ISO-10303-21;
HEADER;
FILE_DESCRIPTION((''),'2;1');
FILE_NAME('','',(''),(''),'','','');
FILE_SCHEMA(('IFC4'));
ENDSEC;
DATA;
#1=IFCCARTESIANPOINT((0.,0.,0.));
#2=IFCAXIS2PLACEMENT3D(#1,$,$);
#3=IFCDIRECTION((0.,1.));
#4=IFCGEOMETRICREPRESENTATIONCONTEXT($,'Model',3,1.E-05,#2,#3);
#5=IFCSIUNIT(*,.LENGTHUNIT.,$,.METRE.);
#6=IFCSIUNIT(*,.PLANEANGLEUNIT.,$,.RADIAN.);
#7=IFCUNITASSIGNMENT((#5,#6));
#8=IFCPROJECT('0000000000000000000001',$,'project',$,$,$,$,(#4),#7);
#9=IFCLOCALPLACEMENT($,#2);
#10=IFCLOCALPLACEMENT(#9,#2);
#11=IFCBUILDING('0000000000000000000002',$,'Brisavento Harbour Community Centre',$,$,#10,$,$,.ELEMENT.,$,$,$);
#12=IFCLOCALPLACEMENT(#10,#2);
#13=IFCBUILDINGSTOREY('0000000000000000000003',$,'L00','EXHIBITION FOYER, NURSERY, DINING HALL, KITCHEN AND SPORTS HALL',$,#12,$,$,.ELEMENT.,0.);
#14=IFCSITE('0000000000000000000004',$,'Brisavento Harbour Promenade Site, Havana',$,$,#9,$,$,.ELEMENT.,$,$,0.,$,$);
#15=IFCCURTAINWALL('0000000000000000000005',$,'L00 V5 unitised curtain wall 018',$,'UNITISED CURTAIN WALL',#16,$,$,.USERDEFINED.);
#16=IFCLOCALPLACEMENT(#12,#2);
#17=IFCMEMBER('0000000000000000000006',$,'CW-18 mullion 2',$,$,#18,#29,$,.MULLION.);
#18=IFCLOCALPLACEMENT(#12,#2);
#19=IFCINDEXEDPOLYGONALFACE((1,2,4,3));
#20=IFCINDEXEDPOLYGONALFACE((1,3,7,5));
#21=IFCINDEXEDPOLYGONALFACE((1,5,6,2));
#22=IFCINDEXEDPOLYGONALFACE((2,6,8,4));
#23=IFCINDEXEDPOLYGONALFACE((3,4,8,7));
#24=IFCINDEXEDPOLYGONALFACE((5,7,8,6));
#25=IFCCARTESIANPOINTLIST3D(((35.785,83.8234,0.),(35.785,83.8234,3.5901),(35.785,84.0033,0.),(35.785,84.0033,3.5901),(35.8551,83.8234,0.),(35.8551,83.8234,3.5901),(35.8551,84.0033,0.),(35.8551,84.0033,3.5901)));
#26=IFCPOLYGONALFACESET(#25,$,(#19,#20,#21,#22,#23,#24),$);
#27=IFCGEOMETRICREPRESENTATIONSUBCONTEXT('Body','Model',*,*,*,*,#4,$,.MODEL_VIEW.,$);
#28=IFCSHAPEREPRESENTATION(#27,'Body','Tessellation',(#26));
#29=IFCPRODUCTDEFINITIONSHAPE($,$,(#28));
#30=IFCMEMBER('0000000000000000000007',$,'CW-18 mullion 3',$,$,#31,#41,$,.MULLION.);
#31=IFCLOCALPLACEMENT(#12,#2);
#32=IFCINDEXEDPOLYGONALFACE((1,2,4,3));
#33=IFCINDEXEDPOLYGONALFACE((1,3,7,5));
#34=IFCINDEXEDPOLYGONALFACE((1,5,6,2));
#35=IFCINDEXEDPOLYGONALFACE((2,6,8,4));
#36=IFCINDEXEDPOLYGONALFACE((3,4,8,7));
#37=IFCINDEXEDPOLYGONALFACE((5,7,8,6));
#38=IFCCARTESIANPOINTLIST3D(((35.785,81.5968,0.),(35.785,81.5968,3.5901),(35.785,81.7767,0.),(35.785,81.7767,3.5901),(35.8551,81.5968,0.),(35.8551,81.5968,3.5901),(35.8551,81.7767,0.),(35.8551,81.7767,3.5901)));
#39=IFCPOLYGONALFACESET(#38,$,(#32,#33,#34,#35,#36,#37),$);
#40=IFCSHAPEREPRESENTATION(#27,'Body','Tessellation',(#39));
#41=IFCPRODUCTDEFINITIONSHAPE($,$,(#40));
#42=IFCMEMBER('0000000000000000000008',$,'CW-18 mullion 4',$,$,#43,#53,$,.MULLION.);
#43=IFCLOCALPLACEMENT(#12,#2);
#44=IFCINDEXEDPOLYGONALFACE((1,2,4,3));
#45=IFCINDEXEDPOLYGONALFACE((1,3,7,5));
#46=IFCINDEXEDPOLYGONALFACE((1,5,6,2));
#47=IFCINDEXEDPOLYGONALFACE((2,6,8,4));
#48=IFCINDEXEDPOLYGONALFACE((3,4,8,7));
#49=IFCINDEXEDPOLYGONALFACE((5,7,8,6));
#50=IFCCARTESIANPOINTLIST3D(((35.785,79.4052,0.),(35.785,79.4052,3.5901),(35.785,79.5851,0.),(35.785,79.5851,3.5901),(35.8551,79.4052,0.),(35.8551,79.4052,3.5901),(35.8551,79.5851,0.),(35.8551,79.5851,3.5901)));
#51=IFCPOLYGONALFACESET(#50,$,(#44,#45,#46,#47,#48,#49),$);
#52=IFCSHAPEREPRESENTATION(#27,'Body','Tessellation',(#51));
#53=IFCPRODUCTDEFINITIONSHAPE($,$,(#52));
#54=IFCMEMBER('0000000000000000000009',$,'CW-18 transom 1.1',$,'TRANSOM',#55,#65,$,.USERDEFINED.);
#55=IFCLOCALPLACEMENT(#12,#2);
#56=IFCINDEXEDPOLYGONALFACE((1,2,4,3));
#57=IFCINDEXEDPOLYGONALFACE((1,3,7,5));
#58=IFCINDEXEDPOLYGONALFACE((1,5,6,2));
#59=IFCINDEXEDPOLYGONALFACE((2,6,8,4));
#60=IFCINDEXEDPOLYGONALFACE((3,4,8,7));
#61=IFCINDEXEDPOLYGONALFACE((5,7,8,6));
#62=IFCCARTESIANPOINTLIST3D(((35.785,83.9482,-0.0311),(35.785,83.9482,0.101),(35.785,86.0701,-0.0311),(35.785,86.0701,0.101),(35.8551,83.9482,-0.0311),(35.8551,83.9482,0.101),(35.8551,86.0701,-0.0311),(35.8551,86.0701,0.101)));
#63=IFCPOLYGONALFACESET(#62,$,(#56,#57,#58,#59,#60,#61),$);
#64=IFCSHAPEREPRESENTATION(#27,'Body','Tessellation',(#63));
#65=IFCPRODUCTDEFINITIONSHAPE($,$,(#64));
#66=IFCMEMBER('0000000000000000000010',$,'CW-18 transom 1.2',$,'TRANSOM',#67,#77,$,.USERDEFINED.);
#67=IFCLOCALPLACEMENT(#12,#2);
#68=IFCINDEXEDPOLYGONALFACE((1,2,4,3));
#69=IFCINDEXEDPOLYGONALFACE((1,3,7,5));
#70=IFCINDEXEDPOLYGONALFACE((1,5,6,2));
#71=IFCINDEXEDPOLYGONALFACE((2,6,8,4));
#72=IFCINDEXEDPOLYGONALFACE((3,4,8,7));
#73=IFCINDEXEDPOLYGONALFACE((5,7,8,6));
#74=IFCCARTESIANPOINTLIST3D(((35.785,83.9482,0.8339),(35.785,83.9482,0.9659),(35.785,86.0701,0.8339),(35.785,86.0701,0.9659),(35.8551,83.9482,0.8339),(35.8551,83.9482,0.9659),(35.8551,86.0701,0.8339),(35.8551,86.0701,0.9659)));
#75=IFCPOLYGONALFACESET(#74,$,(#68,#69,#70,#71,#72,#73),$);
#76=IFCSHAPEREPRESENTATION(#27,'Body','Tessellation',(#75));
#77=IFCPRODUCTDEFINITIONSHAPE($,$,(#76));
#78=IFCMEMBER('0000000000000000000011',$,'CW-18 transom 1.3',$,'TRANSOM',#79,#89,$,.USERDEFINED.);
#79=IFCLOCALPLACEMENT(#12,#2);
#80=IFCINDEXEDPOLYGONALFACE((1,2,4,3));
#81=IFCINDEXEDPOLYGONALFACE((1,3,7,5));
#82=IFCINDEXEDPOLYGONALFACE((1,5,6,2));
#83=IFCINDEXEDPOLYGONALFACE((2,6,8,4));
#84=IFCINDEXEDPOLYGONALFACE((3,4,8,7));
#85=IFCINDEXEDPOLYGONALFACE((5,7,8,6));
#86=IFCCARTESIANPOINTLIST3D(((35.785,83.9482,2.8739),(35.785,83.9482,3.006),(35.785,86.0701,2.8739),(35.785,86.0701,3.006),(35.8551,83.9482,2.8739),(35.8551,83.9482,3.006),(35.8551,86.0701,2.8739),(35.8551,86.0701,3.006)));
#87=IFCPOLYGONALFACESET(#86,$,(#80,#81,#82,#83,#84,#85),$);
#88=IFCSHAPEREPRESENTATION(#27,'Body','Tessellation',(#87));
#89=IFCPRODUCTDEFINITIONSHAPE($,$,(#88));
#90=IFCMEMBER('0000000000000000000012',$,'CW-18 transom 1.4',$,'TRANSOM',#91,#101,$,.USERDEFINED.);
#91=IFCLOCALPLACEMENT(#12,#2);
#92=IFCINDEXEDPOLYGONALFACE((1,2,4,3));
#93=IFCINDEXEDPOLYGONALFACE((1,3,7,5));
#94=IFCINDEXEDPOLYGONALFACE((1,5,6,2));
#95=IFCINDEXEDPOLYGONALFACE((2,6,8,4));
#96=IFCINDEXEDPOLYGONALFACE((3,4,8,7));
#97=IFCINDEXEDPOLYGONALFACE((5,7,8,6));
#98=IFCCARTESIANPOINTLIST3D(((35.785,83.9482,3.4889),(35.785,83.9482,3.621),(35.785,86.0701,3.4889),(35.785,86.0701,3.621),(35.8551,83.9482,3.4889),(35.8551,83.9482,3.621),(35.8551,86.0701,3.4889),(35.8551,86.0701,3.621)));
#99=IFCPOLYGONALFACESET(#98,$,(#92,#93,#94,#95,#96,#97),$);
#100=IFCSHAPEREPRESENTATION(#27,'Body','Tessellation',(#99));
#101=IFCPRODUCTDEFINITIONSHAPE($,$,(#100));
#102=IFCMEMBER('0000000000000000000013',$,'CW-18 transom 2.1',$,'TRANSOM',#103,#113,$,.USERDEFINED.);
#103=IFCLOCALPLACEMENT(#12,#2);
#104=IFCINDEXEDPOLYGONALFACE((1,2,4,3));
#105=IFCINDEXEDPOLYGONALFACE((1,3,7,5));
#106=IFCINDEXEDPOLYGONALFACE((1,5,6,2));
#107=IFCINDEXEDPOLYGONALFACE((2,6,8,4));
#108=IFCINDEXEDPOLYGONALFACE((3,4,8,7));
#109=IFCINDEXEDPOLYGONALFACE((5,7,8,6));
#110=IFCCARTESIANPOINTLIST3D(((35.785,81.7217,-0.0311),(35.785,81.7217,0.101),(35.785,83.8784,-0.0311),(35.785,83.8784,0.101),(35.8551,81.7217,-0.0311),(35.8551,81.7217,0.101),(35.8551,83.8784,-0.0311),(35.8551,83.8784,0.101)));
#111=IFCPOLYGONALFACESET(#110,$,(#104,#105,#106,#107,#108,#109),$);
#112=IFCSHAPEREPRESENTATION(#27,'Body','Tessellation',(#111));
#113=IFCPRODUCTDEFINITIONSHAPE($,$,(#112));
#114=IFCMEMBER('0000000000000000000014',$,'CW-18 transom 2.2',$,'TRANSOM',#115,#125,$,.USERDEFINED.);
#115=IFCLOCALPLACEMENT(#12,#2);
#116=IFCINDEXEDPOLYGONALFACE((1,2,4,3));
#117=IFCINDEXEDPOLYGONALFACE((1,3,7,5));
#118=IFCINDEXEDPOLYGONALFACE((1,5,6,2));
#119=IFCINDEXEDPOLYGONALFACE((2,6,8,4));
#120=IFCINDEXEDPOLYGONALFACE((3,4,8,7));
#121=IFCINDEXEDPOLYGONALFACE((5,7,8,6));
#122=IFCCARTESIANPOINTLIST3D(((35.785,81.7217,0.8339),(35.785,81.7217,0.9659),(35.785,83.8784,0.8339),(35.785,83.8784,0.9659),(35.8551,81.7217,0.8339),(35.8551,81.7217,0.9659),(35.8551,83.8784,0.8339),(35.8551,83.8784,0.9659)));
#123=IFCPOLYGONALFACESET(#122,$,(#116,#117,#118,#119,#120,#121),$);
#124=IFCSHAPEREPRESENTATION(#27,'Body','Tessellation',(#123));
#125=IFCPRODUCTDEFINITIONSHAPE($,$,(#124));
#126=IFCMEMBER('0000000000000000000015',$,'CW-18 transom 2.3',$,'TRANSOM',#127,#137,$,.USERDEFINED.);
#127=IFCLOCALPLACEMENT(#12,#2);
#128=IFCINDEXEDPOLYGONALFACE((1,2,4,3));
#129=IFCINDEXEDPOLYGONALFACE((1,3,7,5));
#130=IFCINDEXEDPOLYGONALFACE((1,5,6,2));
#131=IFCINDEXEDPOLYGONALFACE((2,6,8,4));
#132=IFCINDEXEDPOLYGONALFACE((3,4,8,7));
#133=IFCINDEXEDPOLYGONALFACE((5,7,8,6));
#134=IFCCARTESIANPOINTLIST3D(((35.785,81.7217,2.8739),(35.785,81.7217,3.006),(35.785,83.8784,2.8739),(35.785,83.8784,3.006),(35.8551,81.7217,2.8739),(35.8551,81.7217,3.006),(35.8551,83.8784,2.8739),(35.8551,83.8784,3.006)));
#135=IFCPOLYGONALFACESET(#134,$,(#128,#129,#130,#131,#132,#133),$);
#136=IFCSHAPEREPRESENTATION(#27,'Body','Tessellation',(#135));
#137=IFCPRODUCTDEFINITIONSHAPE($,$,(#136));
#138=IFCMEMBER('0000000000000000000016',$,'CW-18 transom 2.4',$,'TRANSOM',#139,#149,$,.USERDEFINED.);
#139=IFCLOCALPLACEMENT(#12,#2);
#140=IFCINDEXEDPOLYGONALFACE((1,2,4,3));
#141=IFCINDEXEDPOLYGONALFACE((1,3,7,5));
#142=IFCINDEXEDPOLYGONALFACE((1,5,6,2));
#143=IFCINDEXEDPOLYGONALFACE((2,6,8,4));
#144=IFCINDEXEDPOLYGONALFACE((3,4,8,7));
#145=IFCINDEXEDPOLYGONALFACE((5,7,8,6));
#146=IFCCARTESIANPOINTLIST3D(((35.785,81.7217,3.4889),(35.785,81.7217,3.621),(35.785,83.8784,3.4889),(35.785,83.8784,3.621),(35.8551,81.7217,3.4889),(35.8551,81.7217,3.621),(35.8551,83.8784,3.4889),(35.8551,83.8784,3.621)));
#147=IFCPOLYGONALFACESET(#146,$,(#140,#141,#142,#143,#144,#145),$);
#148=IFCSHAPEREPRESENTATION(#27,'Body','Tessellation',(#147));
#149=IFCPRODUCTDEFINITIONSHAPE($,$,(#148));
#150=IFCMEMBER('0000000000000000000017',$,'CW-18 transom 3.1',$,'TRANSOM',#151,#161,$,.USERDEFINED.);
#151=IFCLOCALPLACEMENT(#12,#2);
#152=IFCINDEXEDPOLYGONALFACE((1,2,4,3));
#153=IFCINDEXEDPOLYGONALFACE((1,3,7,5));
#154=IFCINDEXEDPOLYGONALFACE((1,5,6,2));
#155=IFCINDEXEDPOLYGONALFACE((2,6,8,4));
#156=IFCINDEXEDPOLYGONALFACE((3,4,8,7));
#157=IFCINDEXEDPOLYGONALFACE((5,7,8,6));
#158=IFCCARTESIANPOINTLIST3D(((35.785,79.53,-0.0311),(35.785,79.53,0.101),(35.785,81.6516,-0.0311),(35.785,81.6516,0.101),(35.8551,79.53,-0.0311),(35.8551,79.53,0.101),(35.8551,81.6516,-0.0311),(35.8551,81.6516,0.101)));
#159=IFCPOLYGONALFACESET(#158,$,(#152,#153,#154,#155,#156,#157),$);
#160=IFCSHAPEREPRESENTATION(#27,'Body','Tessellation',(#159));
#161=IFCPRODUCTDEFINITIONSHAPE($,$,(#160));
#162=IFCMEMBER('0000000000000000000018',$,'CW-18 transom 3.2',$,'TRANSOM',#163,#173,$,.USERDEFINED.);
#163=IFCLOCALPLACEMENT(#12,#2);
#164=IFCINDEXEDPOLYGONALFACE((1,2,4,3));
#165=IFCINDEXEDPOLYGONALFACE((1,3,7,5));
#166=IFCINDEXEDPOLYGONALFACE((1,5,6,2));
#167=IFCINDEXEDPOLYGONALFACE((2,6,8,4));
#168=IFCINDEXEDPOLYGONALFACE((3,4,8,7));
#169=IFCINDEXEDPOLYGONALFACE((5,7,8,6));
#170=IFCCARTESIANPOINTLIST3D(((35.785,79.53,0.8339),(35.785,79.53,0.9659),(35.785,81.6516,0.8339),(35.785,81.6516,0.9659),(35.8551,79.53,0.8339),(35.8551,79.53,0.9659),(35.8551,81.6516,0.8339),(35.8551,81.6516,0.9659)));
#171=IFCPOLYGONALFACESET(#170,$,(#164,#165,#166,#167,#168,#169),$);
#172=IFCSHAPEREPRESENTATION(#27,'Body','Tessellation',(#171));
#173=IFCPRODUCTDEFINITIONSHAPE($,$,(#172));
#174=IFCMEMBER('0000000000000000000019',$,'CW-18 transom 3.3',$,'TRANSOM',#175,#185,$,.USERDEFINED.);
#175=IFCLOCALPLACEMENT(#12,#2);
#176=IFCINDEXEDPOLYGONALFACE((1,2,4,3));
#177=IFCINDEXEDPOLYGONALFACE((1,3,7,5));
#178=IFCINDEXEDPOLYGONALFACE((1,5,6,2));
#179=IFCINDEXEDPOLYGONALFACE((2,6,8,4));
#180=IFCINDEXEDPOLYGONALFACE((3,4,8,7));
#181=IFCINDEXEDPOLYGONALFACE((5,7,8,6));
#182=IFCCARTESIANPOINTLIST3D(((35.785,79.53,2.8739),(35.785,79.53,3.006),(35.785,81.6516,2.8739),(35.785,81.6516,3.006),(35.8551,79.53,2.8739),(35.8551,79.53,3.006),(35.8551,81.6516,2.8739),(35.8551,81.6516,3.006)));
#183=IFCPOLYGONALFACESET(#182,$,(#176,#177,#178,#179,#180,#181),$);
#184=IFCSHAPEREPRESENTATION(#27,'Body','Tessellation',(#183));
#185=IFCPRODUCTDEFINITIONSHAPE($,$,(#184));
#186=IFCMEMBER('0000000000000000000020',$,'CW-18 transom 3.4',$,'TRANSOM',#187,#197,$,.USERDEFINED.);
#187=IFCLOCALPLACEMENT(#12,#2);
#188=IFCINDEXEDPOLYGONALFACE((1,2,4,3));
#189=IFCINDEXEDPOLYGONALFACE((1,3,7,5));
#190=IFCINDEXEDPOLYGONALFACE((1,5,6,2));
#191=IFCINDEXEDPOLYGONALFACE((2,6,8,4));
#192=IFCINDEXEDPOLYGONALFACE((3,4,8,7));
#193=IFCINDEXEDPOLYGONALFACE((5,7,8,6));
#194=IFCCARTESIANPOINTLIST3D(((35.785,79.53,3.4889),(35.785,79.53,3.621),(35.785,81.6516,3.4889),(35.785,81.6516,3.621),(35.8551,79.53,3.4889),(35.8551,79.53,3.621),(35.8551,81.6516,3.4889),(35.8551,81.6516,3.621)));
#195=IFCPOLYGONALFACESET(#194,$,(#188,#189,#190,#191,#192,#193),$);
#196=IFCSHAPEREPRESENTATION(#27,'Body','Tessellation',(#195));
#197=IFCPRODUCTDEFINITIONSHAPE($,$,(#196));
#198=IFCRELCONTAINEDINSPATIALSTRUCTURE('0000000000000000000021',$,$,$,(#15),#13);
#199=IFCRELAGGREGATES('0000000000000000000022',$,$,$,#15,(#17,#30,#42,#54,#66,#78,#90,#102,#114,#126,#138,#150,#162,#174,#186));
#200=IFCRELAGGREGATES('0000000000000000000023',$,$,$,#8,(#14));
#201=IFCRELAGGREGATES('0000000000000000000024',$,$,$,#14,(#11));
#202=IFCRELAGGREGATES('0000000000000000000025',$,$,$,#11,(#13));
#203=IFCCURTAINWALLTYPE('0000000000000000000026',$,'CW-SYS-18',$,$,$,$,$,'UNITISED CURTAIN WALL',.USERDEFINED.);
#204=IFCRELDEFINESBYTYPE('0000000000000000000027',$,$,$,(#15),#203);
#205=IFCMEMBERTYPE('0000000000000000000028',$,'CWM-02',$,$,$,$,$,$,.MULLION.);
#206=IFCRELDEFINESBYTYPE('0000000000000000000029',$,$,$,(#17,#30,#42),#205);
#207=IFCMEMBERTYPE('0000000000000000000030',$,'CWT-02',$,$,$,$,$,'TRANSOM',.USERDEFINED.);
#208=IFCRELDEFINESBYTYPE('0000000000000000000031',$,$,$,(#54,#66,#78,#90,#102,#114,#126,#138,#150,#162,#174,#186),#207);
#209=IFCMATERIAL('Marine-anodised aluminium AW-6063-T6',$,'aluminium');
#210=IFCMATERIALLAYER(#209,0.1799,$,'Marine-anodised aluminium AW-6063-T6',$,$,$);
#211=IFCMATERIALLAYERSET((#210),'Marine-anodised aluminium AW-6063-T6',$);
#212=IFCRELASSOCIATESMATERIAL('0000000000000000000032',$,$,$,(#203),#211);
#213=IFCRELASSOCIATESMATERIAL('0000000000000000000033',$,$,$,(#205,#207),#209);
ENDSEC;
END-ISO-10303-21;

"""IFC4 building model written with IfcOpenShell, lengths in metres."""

from ifc_helpers import new_model, si_unit, direction, frame, origin, origin_2d, place, context, subcontext, project, spatial, rectangle, extrude, material, layer, layer_set, material_profile, profile_set, type_object, element, aggregate, save


model = new_model("IFC4")

# Units and contexts
model_context = context("Model", 3, precision=1e-05, world=origin(), true_north=direction((0.0, 1.0)))
body_context = subcontext(model_context, "Body", "Model", "MODEL_VIEW")
ifc_project = project(units=[si_unit("LENGTHUNIT", "METRE"), si_unit("PLANEANGLEUNIT", "RADIAN")], contexts=[model_context])

# Site, building, storey
site_placement = place(None, origin())
site = spatial("IfcSite", under=ifc_project, at=site_placement, Name="Brisavento Harbour Promenade Site, Havana", CompositionType="ELEMENT", RefElevation=0.0)
building_placement = place(site_placement, origin())
building = spatial("IfcBuilding", under=site, at=building_placement, Name="Brisavento Harbour Community Centre", CompositionType="ELEMENT")
storey_placement = place(building_placement, origin())
storey = spatial("IfcBuildingStorey", under=building, at=storey_placement, Name="L00", Description="EXHIBITION FOYER, NURSERY, DINING HALL, KITCHEN AND SPORTS HALL", CompositionType="ELEMENT", Elevation=0.0)

# Curtain wall, members
ifc_material_1 = material(Name="Marine-anodised aluminium AW-6063-T6", Category="aluminium")
ifc_layer_1 = layer(ifc_material_1, 0.1799, Name="Marine-anodised aluminium AW-6063-T6")
ifc_layer_set_1 = layer_set([ifc_layer_1], Name="Marine-anodised aluminium AW-6063-T6")
curtain_wall_type = type_object("IfcCurtainWallType", Name="CW-SYS-18", ElementType="UNITISED CURTAIN WALL", PredefinedType="USERDEFINED", material=ifc_layer_set_1)
curtain_wall_placement = place(storey_placement, origin())
curtain_wall = element("IfcCurtainWall", 1, at=curtain_wall_placement, inside=storey, type_object=curtain_wall_type, Name="L00 V5 unitised curtain wall 018", ObjectType="UNITISED CURTAIN WALL", PredefinedType="USERDEFINED")
ifc_material_profile_1 = material_profile(ifc_material_1, rectangle(XDim=0.0701, YDim=0.1799, at=origin_2d()), Name="Marine-anodised aluminium AW-6063-T6")
ifc_profile_set_1 = profile_set([ifc_material_profile_1], Name="Marine-anodised aluminium AW-6063-T6")
member_type_1 = type_object("IfcMemberType", Name="CWM-02", PredefinedType="MULLION", material=ifc_profile_set_1)
member_1_placement = place(storey_placement, frame((35.8201, 83.9133, 0.0), z_axis=(0.0, 0.0, 1.0), x_axis=(1.0, 0.0, 0.0)))
member_1 = element("IfcMember", 2, at=member_1_placement, type_object=member_type_1, Name="CW-18 mullion 2", PredefinedType="MULLION", context=body_context, shape_type="SweptSolid", body=[
    extrude(rectangle(XDim=0.0701, YDim=0.1799, at=origin_2d()), origin(), (0.0, 0.0, 1.0), 3.5901),
])
member_2_placement = place(storey_placement, frame((35.8201, 81.6868, 0.0), z_axis=(0.0, 0.0, 1.0), x_axis=(1.0, 0.0, 0.0)))
member_2 = element("IfcMember", 3, at=member_2_placement, type_object=member_type_1, Name="CW-18 mullion 3", PredefinedType="MULLION", context=body_context, shape_type="SweptSolid", body=[
    extrude(rectangle(XDim=0.0701, YDim=0.1799, at=origin_2d()), origin(), (0.0, 0.0, 1.0), 3.5901),
])
member_3_placement = place(storey_placement, frame((35.8201, 79.4951, 0.0), z_axis=(0.0, 0.0, 1.0), x_axis=(1.0, 0.0, 0.0)))
member_3 = element("IfcMember", 4, at=member_3_placement, type_object=member_type_1, Name="CW-18 mullion 4", PredefinedType="MULLION", context=body_context, shape_type="SweptSolid", body=[
    extrude(rectangle(XDim=0.0701, YDim=0.1799, at=origin_2d()), origin(), (0.0, 0.0, 1.0), 3.5901),
])
ifc_material_profile_2 = material_profile(ifc_material_1, rectangle(XDim=0.0701, YDim=0.1321, at=origin_2d()), Name="Marine-anodised aluminium AW-6063-T6")
ifc_profile_set_2 = profile_set([ifc_material_profile_2], Name="Marine-anodised aluminium AW-6063-T6")
member_type_2 = type_object("IfcMemberType", Name="CWT-02", ElementType="TRANSOM", PredefinedType="USERDEFINED", material=ifc_profile_set_2)
member_4_placement = place(storey_placement, frame((35.8201, 86.0701, 0.0349), z_axis=(0.0, -1.0, 0.0), x_axis=(1.0, 0.0, 0.0)))
member_4 = element("IfcMember", 5, at=member_4_placement, type_object=member_type_2, Name="CW-18 transom 1.1", ObjectType="TRANSOM", PredefinedType="USERDEFINED", context=body_context, shape_type="SweptSolid", body=[
    extrude(rectangle(XDim=0.0701, YDim=0.1321, at=origin_2d()), origin(), (0.0, 0.0, 1.0), 2.1218),
])
member_5_placement = place(storey_placement, frame((35.8201, 86.0701, 0.8999), z_axis=(0.0, -1.0, 0.0), x_axis=(1.0, 0.0, 0.0)))
member_5 = element("IfcMember", 6, at=member_5_placement, type_object=member_type_2, Name="CW-18 transom 1.2", ObjectType="TRANSOM", PredefinedType="USERDEFINED", context=body_context, shape_type="SweptSolid", body=[
    extrude(rectangle(XDim=0.0701, YDim=0.1321, at=origin_2d()), origin(), (0.0, 0.0, 1.0), 2.1218),
])
member_6_placement = place(storey_placement, frame((35.8201, 86.0701, 2.9399), z_axis=(0.0, -1.0, 0.0), x_axis=(1.0, 0.0, 0.0)))
member_6 = element("IfcMember", 7, at=member_6_placement, type_object=member_type_2, Name="CW-18 transom 1.3", ObjectType="TRANSOM", PredefinedType="USERDEFINED", context=body_context, shape_type="SweptSolid", body=[
    extrude(rectangle(XDim=0.0701, YDim=0.1321, at=origin_2d()), origin(), (0.0, 0.0, 1.0), 2.1218),
])
member_7_placement = place(storey_placement, frame((35.8201, 86.0701, 3.5549), z_axis=(0.0, -1.0, 0.0), x_axis=(1.0, 0.0, 0.0)))
member_7 = element("IfcMember", 8, at=member_7_placement, type_object=member_type_2, Name="CW-18 transom 1.4", ObjectType="TRANSOM", PredefinedType="USERDEFINED", context=body_context, shape_type="SweptSolid", body=[
    extrude(rectangle(XDim=0.0701, YDim=0.1321, at=origin_2d()), origin(), (0.0, 0.0, 1.0), 2.1218),
])
member_8_placement = place(storey_placement, frame((35.8201, 83.8784, 0.0349), z_axis=(0.0, -1.0, 0.0), x_axis=(1.0, 0.0, 0.0)))
member_8 = element("IfcMember", 9, at=member_8_placement, type_object=member_type_2, Name="CW-18 transom 2.1", ObjectType="TRANSOM", PredefinedType="USERDEFINED", context=body_context, shape_type="SweptSolid", body=[
    extrude(rectangle(XDim=0.0701, YDim=0.1321, at=origin_2d()), origin(), (0.0, 0.0, 1.0), 2.1567),
])
member_9_placement = place(storey_placement, frame((35.8201, 83.8784, 0.8999), z_axis=(0.0, -1.0, 0.0), x_axis=(1.0, 0.0, 0.0)))
member_9 = element("IfcMember", 10, at=member_9_placement, type_object=member_type_2, Name="CW-18 transom 2.2", ObjectType="TRANSOM", PredefinedType="USERDEFINED", context=body_context, shape_type="SweptSolid", body=[
    extrude(rectangle(XDim=0.0701, YDim=0.1321, at=origin_2d()), origin(), (0.0, 0.0, 1.0), 2.1567),
])
member_10_placement = place(storey_placement, frame((35.8201, 83.8784, 2.9399), z_axis=(0.0, -1.0, 0.0), x_axis=(1.0, 0.0, 0.0)))
member_10 = element("IfcMember", 11, at=member_10_placement, type_object=member_type_2, Name="CW-18 transom 2.3", ObjectType="TRANSOM", PredefinedType="USERDEFINED", context=body_context, shape_type="SweptSolid", body=[
    extrude(rectangle(XDim=0.0701, YDim=0.1321, at=origin_2d()), origin(), (0.0, 0.0, 1.0), 2.1567),
])
member_11_placement = place(storey_placement, frame((35.8201, 83.8784, 3.5549), z_axis=(0.0, -1.0, 0.0), x_axis=(1.0, 0.0, 0.0)))
member_11 = element("IfcMember", 12, at=member_11_placement, type_object=member_type_2, Name="CW-18 transom 2.4", ObjectType="TRANSOM", PredefinedType="USERDEFINED", context=body_context, shape_type="SweptSolid", body=[
    extrude(rectangle(XDim=0.0701, YDim=0.1321, at=origin_2d()), origin(), (0.0, 0.0, 1.0), 2.1567),
])
member_12_placement = place(storey_placement, frame((35.8201, 81.6516, 0.0349), z_axis=(0.0, -1.0, 0.0), x_axis=(1.0, 0.0, 0.0)))
member_12 = element("IfcMember", 13, at=member_12_placement, type_object=member_type_2, Name="CW-18 transom 3.1", ObjectType="TRANSOM", PredefinedType="USERDEFINED", context=body_context, shape_type="SweptSolid", body=[
    extrude(rectangle(XDim=0.0701, YDim=0.1321, at=origin_2d()), origin(), (0.0, 0.0, 1.0), 2.1216),
])
member_13_placement = place(storey_placement, frame((35.8201, 81.6516, 0.8999), z_axis=(0.0, -1.0, 0.0), x_axis=(1.0, 0.0, 0.0)))
member_13 = element("IfcMember", 14, at=member_13_placement, type_object=member_type_2, Name="CW-18 transom 3.2", ObjectType="TRANSOM", PredefinedType="USERDEFINED", context=body_context, shape_type="SweptSolid", body=[
    extrude(rectangle(XDim=0.0701, YDim=0.1321, at=origin_2d()), origin(), (0.0, 0.0, 1.0), 2.1216),
])
member_14_placement = place(storey_placement, frame((35.8201, 81.6516, 2.9399), z_axis=(0.0, -1.0, 0.0), x_axis=(1.0, 0.0, 0.0)))
member_14 = element("IfcMember", 15, at=member_14_placement, type_object=member_type_2, Name="CW-18 transom 3.3", ObjectType="TRANSOM", PredefinedType="USERDEFINED", context=body_context, shape_type="SweptSolid", body=[
    extrude(rectangle(XDim=0.0701, YDim=0.1321, at=origin_2d()), origin(), (0.0, 0.0, 1.0), 2.1216),
])
member_15_placement = place(storey_placement, frame((35.8201, 81.6516, 3.5549), z_axis=(0.0, -1.0, 0.0), x_axis=(1.0, 0.0, 0.0)))
member_15 = element("IfcMember", 16, at=member_15_placement, type_object=member_type_2, Name="CW-18 transom 3.4", ObjectType="TRANSOM", PredefinedType="USERDEFINED", context=body_context, shape_type="SweptSolid", body=[
    extrude(rectangle(XDim=0.0701, YDim=0.1321, at=origin_2d()), origin(), (0.0, 0.0, 1.0), 2.1216),
])
aggregate(curtain_wall, [member_1, member_2, member_3, member_4, member_5, member_6, member_7, member_8, member_9, member_10, member_11, member_12, member_13, member_14, member_15])

save(model, "model.ifc")
